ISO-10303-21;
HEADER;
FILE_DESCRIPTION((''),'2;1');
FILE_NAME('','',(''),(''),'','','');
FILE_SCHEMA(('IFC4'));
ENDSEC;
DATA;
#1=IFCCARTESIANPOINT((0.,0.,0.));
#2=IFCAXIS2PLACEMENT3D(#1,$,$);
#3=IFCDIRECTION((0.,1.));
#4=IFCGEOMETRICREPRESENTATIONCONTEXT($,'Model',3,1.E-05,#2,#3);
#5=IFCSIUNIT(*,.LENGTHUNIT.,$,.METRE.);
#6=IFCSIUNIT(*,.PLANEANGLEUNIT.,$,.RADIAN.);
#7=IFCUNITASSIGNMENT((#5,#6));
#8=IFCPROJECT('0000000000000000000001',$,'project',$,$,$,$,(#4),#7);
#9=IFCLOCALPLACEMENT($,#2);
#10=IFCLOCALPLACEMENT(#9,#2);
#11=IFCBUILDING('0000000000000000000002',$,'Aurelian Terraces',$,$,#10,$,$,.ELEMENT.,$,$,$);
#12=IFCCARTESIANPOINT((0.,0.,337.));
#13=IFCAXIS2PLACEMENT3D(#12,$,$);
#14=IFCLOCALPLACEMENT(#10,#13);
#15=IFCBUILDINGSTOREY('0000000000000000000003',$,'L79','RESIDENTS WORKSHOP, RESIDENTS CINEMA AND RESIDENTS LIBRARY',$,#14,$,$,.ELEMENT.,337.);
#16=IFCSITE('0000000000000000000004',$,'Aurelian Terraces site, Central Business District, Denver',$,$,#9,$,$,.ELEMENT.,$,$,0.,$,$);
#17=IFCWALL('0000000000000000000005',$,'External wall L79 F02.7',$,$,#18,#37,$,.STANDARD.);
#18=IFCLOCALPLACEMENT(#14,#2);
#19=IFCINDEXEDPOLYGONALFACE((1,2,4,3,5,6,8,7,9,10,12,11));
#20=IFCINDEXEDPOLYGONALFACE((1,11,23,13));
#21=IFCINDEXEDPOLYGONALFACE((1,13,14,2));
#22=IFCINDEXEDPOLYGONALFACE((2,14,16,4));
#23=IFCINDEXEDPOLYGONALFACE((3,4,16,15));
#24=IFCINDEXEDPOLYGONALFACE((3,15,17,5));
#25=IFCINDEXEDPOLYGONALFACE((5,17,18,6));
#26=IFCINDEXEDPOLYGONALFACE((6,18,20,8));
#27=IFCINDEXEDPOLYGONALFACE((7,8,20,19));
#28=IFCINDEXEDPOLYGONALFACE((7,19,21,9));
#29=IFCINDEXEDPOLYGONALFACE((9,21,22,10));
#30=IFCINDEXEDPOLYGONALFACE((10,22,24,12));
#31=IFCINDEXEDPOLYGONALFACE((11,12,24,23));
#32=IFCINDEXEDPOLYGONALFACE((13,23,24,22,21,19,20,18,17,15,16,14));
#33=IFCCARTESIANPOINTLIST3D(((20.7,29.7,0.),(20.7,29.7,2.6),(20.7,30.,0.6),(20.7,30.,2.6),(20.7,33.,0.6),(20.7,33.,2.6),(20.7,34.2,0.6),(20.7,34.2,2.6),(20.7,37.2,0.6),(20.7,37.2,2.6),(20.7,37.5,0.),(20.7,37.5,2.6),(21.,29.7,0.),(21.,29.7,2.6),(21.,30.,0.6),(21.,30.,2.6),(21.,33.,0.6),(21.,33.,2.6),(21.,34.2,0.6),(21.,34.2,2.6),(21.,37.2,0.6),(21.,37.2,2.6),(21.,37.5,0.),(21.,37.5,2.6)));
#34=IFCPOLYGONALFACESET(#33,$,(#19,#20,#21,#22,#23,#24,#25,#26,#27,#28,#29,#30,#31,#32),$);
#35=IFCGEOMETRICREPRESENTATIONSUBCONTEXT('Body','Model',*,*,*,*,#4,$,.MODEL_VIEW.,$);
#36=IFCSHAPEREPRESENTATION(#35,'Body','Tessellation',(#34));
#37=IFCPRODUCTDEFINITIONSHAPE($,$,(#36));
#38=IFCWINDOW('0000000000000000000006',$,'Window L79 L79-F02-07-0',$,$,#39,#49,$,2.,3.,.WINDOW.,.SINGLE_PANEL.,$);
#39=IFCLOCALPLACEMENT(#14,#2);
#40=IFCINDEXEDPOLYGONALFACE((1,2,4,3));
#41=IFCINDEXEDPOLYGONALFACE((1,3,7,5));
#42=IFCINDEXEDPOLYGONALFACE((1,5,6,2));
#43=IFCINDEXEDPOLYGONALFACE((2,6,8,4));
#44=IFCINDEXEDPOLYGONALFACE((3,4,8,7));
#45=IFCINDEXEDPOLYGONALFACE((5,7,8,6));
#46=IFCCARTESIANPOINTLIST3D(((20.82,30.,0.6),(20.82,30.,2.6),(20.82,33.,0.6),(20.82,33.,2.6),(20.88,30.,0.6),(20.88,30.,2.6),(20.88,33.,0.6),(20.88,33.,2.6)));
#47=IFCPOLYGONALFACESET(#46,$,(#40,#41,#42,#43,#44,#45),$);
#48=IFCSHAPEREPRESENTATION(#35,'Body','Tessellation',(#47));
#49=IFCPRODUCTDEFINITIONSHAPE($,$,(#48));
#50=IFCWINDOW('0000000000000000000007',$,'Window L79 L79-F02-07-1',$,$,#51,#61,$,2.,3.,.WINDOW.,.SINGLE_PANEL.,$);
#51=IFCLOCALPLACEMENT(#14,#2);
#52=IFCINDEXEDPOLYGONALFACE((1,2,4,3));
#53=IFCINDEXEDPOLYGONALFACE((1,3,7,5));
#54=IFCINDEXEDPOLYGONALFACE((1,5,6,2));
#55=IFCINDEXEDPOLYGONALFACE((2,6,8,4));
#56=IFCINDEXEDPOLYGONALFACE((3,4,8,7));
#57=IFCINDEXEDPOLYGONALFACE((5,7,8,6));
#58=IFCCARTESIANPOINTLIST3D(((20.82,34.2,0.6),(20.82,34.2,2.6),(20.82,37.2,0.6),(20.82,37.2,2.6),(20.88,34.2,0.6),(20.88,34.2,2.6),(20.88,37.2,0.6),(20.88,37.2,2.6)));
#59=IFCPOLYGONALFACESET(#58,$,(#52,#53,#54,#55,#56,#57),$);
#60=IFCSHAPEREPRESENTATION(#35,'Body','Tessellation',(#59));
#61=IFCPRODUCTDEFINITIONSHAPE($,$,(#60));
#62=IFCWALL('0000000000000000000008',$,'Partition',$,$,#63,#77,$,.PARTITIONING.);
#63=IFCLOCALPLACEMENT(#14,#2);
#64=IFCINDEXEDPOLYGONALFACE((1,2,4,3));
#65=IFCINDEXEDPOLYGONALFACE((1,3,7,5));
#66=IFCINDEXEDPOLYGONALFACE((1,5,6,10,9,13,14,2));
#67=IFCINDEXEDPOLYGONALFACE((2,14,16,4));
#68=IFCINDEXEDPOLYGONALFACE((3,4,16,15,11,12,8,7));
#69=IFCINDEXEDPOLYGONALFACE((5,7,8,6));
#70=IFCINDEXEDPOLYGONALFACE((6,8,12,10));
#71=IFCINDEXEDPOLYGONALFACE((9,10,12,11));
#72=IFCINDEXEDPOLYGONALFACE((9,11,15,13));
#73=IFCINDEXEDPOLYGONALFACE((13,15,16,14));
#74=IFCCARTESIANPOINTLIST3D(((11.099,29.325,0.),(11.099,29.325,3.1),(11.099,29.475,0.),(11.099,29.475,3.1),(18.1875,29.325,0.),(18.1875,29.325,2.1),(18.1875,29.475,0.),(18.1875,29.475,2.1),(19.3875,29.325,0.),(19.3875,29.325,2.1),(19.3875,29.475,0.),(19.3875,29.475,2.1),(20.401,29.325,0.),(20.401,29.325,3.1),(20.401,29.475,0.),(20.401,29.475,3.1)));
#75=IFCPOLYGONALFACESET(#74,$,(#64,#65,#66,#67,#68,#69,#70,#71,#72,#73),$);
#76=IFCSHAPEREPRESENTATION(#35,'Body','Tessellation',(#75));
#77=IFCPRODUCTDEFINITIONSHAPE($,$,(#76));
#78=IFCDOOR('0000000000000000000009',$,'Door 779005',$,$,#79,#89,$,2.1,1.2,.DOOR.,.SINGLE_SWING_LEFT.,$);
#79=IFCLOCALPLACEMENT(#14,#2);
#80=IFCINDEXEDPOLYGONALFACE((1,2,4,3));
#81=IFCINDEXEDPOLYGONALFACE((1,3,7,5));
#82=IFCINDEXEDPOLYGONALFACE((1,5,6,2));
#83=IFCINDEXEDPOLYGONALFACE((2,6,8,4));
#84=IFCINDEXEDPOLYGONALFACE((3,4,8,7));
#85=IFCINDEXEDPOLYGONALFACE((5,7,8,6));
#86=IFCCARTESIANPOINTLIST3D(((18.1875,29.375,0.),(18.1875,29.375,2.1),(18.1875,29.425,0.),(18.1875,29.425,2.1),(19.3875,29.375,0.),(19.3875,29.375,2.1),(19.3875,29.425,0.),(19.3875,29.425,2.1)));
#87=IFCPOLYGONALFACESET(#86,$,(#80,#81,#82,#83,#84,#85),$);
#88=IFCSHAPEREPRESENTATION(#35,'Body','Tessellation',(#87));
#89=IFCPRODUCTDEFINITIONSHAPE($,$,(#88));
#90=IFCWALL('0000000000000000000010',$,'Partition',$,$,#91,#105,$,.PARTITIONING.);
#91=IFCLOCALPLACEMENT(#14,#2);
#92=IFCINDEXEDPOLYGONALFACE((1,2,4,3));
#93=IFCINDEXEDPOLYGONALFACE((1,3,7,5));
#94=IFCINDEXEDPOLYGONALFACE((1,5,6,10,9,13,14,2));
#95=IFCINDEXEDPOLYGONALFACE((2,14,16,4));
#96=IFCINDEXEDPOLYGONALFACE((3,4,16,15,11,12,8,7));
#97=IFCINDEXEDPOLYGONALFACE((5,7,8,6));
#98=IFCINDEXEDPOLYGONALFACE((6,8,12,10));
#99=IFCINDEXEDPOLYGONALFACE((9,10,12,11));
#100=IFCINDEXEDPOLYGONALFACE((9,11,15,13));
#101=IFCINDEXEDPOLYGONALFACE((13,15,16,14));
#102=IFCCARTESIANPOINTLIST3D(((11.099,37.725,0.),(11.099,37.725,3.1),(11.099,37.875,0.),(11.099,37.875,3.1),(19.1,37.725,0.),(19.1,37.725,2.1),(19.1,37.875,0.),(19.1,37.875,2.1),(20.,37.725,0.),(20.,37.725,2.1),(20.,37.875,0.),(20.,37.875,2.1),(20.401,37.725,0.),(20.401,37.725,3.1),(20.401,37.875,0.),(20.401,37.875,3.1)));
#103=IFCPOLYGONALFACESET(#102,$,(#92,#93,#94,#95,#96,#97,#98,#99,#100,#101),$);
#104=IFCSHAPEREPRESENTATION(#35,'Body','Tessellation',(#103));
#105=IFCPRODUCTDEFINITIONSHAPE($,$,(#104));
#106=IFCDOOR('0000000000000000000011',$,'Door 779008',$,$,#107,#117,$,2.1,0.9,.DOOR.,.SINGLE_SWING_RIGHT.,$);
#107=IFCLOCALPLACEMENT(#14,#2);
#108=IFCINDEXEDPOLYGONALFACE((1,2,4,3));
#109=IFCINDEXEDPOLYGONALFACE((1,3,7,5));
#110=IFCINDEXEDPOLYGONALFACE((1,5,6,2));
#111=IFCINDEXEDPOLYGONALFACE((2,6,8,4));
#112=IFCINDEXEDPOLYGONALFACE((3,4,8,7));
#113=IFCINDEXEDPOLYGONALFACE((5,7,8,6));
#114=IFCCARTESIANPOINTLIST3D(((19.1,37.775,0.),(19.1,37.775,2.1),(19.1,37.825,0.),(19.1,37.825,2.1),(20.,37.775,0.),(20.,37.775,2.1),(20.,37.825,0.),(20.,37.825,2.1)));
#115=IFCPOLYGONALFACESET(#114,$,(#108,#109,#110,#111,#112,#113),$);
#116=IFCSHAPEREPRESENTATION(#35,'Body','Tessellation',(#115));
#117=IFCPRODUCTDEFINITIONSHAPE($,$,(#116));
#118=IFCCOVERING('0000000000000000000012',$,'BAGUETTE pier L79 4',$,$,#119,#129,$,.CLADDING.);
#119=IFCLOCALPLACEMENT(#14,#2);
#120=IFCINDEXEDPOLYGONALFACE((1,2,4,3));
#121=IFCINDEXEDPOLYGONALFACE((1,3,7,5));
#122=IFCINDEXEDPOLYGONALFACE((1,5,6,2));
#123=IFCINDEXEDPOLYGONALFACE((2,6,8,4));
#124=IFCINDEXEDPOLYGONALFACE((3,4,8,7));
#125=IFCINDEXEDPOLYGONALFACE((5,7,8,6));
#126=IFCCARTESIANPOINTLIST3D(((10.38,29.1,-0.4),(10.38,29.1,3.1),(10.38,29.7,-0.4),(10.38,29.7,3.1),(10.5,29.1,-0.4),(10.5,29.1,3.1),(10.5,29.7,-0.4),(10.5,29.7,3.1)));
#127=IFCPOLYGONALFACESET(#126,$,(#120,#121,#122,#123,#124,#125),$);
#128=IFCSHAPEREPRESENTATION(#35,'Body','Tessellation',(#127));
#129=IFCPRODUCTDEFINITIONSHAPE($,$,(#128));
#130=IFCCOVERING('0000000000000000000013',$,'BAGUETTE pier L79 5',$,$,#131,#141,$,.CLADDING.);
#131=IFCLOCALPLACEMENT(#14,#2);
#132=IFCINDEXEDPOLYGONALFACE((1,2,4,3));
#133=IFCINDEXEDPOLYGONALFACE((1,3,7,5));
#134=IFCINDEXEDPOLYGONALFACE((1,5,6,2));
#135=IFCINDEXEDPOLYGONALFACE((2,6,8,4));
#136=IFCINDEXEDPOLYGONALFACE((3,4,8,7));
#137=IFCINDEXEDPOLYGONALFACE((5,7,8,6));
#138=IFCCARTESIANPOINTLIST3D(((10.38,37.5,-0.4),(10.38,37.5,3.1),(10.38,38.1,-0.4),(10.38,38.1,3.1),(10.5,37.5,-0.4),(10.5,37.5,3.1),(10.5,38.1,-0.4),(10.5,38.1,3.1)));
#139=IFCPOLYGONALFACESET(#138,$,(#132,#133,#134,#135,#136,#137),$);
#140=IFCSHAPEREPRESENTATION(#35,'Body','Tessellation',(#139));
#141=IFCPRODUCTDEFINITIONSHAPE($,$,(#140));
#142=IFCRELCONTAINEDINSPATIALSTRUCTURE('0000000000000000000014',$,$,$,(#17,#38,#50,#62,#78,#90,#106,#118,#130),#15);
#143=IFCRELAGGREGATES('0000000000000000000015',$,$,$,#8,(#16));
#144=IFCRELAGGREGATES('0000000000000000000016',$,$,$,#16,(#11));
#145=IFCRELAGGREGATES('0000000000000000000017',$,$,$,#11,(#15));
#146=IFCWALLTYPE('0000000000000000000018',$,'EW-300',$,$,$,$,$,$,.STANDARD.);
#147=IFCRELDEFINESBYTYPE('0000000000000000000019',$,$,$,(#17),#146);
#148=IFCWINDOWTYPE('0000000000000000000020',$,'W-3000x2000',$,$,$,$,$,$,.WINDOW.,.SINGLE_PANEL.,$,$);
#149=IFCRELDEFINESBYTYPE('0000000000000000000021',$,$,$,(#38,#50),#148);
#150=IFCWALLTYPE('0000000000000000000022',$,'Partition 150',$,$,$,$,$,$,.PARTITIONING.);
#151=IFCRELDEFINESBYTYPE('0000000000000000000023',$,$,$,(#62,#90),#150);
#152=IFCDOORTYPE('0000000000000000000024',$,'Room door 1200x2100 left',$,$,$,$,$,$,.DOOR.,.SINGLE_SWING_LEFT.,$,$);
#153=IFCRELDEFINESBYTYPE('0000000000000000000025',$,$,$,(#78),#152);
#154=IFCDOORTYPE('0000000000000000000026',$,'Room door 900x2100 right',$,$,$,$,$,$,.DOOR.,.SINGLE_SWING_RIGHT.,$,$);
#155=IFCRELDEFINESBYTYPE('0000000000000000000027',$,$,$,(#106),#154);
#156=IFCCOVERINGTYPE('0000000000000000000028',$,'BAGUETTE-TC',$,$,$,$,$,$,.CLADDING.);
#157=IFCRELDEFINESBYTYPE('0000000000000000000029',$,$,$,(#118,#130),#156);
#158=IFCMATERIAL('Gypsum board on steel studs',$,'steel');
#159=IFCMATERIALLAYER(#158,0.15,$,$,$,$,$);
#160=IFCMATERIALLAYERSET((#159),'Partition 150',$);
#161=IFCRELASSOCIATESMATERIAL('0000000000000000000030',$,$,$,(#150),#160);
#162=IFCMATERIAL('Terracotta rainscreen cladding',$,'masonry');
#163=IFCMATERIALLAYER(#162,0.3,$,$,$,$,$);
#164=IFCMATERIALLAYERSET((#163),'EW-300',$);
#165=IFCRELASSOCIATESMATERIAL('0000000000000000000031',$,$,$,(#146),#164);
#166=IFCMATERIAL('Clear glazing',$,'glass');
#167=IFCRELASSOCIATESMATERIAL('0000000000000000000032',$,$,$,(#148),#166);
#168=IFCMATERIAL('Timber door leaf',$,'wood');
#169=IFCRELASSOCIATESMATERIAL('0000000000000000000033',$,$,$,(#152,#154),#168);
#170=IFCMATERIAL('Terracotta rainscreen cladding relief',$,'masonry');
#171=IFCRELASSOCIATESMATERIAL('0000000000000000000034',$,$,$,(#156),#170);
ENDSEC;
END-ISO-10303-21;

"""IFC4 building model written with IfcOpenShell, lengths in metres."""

from ifc_helpers import new_model, si_unit, direction, frame, frame_2d, origin, origin_2d, place, context, subcontext, project, spatial, rectangle, extrude, source, transform, mapped, material, layer, layer_set, type_object, element, fill, save


model = new_model("IFC4")

# Units and contexts
model_context = context("Model", 3, precision=1e-05, world=origin(), true_north=direction((0.0, 1.0)))
body_context = subcontext(model_context, "Body", "Model", "MODEL_VIEW")
ifc_project = project(units=[si_unit("LENGTHUNIT", "METRE"), si_unit("PLANEANGLEUNIT", "RADIAN")], contexts=[model_context])

# Site, building, storey
site_placement = place(None, origin())
site = spatial("IfcSite", under=ifc_project, at=site_placement, Name="Aurelian Terraces site, Central Business District, Denver", CompositionType="ELEMENT", RefElevation=0.0)
building_placement = place(site_placement, origin())
building = spatial("IfcBuilding", under=site, at=building_placement, Name="Aurelian Terraces", CompositionType="ELEMENT")
storey_placement = place(building_placement, frame((0.0, 0.0, 337.0)))
storey = spatial("IfcBuildingStorey", under=building, at=storey_placement, Name="L79", Description="RESIDENTS WORKSHOP, RESIDENTS CINEMA AND RESIDENTS LIBRARY", CompositionType="ELEMENT", Elevation=337.0)

# Shared definitions
ifc_material_1 = material(Name="Gypsum board on steel studs", Category="steel")
ifc_layer_1 = layer(ifc_material_1, 0.15)
ifc_layer_set_1 = layer_set([ifc_layer_1], Name="Partition 150")
wall_type_1 = type_object("IfcWallType", Name="Partition 150", PredefinedType="PARTITIONING", material=ifc_layer_set_1)
ifc_material_2 = material(Name="Timber door leaf", Category="wood")
shared_shape_1 = source(origin(), body_context, "Body", "SweptSolid", [
    extrude(rectangle(XDim=1.2, YDim=2.1, at=frame_2d((0.6, 1.05))), frame((0.0, 0.085, 0.0), z_axis=(0.0, -1.0, 0.0), x_axis=(1.0, 0.0, 0.0)), (0.0, 0.0, 1.0), 0.17),
])
shared_shape_2 = source(origin(), body_context, "Body", "SweptSolid", [
    extrude(rectangle(XDim=1.2, YDim=2.1, at=frame_2d((0.6, 1.05))), frame((0.0, 0.025, 0.0), z_axis=(0.0, -1.0, 0.0), x_axis=(1.0, 0.0, 0.0)), (0.0, 0.0, 1.0), 0.05),
])

# Wall, openings, windows
ifc_material_3 = material(Name="Terracotta rainscreen cladding", Category="masonry")
ifc_layer_2 = layer(ifc_material_3, 0.3)
ifc_layer_set_2 = layer_set([ifc_layer_2], Name="EW-300")
wall_type_2 = type_object("IfcWallType", Name="EW-300", PredefinedType="STANDARD", material=ifc_layer_set_2)
ifc_material_4 = material(Name="Clear glazing", Category="glass")
shared_shape_3 = source(origin(), body_context, "Body", "SweptSolid", [
    extrude(rectangle(XDim=7.8, YDim=0.3, at=frame_2d((3.9, 0.0))), origin(), (0.0, 0.0, 1.0), 2.6),
])
wall_1_placement = place(storey_placement, frame((20.85, 29.7, 0.0), z_axis=(0.0, 0.0, 1.0), x_axis=(0.0, 1.0, 0.0)))
wall_1 = element("IfcWall", 1, at=wall_1_placement, inside=storey, type_object=wall_type_2, Name="External wall L79 F02.7", PredefinedType="STANDARD", context=body_context, shape_type="MappedRepresentation", body=[
    mapped(shared_shape_3, transform((0.0, 0.0, 0.0), scale=1.0)),
])
shared_shape_4 = source(origin(), body_context, "Body", "SweptSolid", [
    extrude(rectangle(XDim=3.0, YDim=2.0, at=frame_2d((1.5, 1.0))), frame((0.0, 0.16, 0.0), z_axis=(0.0, -1.0, 0.0), x_axis=(1.0, 0.0, 0.0)), (0.0, 0.0, 1.0), 0.32),
])
opening_1_placement = place(wall_1_placement, frame((0.3, 0.0, 0.6)))
opening_1 = element("IfcOpeningElement", 2, at=opening_1_placement, cuts=wall_1, PredefinedType="OPENING", context=body_context, shape_type="MappedRepresentation", body=[
    mapped(shared_shape_4, transform((0.0, 0.0, 0.0), scale=1.0)),
])
opening_2_placement = place(wall_1_placement, frame((4.5, 0.0, 0.6)))
opening_2 = element("IfcOpeningElement", 3, at=opening_2_placement, cuts=wall_1, PredefinedType="OPENING", context=body_context, shape_type="MappedRepresentation", body=[
    mapped(shared_shape_4, transform((0.0, 0.0, 0.0), scale=1.0)),
])
window_type_1 = type_object("IfcWindowType", Name="W-3000x2000", PartitioningType="SINGLE_PANEL", PredefinedType="WINDOW", material=ifc_material_4)
shared_shape_5 = source(origin(), body_context, "Body", "SweptSolid", [
    extrude(rectangle(XDim=3.0, YDim=2.0, at=frame_2d((1.5, 1.0))), frame((0.0, 0.03, 0.0), z_axis=(0.0, -1.0, 0.0), x_axis=(1.0, 0.0, 0.0)), (0.0, 0.0, 1.0), 0.06),
])
window_1_placement = place(opening_1_placement, origin())
window_1 = element("IfcWindow", 4, at=window_1_placement, inside=storey, type_object=window_type_1, Name="Window L79 L79-F02-07-0", OverallHeight=2.0, OverallWidth=3.0, PartitioningType="SINGLE_PANEL", PredefinedType="WINDOW", context=body_context, shape_type="MappedRepresentation", body=[
    mapped(shared_shape_5, transform((0.0, 0.0, 0.0), scale=1.0)),
])
fill(opening_1, window_1)
window_2_placement = place(opening_2_placement, origin())
window_2 = element("IfcWindow", 5, at=window_2_placement, inside=storey, type_object=window_type_1, Name="Window L79 L79-F02-07-1", OverallHeight=2.0, OverallWidth=3.0, PartitioningType="SINGLE_PANEL", PredefinedType="WINDOW", context=body_context, shape_type="MappedRepresentation", body=[
    mapped(shared_shape_5, transform((0.0, 0.0, 0.0), scale=1.0)),
])
fill(opening_2, window_2)

# Walls, openings, doors
shared_shape_6 = source(origin(), body_context, "Body", "SweptSolid", [
    extrude(rectangle(XDim=9.302, YDim=0.15, at=frame_2d((4.651, 0.0))), origin(), (0.0, 0.0, 1.0), 3.1),
])
wall_2_placement = place(storey_placement, frame((11.099, 29.4, 0.0), z_axis=(0.0, 0.0, 1.0), x_axis=(1.0, 0.0, 0.0)))
wall_2 = element("IfcWall", 6, at=wall_2_placement, inside=storey, type_object=wall_type_1, Name="Partition", PredefinedType="PARTITIONING", context=body_context, shape_type="MappedRepresentation", body=[
    mapped(shared_shape_6, transform((0.0, 0.0, 0.0), scale=1.0)),
])
opening_3_placement = place(wall_2_placement, frame((7.0885, 0.0, 0.0)))
opening_3 = element("IfcOpeningElement", 7, at=opening_3_placement, cuts=wall_2, PredefinedType="OPENING", context=body_context, shape_type="MappedRepresentation", body=[
    mapped(shared_shape_1, transform((0.0, 0.0, 0.0), scale=1.0)),
])
door_type_1 = type_object("IfcDoorType", Name="Room door 1200x2100 left", OperationType="SINGLE_SWING_LEFT", PredefinedType="DOOR", material=ifc_material_2)
door_1_placement = place(opening_3_placement, origin())
door_1 = element("IfcDoor", 8, at=door_1_placement, inside=storey, type_object=door_type_1, Name="Door 779005", OperationType="SINGLE_SWING_LEFT", OverallHeight=2.1, OverallWidth=1.2, PredefinedType="DOOR", context=body_context, shape_type="MappedRepresentation", body=[
    mapped(shared_shape_2, transform((0.0, 0.0, 0.0), scale=1.0)),
])
fill(opening_3, door_1)
wall_3_placement = place(storey_placement, frame((20.401, 37.8, 0.0), z_axis=(0.0, 0.0, 1.0), x_axis=(-1.0, 0.0, 0.0)))
wall_3 = element("IfcWall", 9, at=wall_3_placement, inside=storey, type_object=wall_type_1, Name="Partition", PredefinedType="PARTITIONING", context=body_context, shape_type="MappedRepresentation", body=[
    mapped(shared_shape_6, transform((0.0, 0.0, 0.0), scale=1.0)),
])
shared_shape_7 = source(origin(), body_context, "Body", "SweptSolid", [
    extrude(rectangle(XDim=0.9, YDim=2.1, at=frame_2d((0.45, 1.05))), frame((0.0, 0.085, 0.0), z_axis=(0.0, -1.0, 0.0), x_axis=(1.0, 0.0, 0.0)), (0.0, 0.0, 1.0), 0.17),
])
opening_4_placement = place(wall_3_placement, frame((0.401, 0.0, 0.0)))
opening_4 = element("IfcOpeningElement", 10, at=opening_4_placement, cuts=wall_3, PredefinedType="OPENING", context=body_context, shape_type="MappedRepresentation", body=[
    mapped(shared_shape_7, transform((0.0, 0.0, 0.0), scale=1.0)),
])
door_type_2 = type_object("IfcDoorType", Name="Room door 900x2100 right", OperationType="SINGLE_SWING_RIGHT", PredefinedType="DOOR", material=ifc_material_2)
shared_shape_8 = source(origin(), body_context, "Body", "SweptSolid", [
    extrude(rectangle(XDim=0.9, YDim=2.1, at=frame_2d((0.45, 1.05))), frame((0.0, 0.025, 0.0), z_axis=(0.0, -1.0, 0.0), x_axis=(1.0, 0.0, 0.0)), (0.0, 0.0, 1.0), 0.05),
])
door_2_placement = place(opening_4_placement, origin())
door_2 = element("IfcDoor", 11, at=door_2_placement, inside=storey, type_object=door_type_2, Name="Door 779008", OperationType="SINGLE_SWING_RIGHT", OverallHeight=2.1, OverallWidth=0.9, PredefinedType="DOOR", context=body_context, shape_type="MappedRepresentation", body=[
    mapped(shared_shape_8, transform((0.0, 0.0, 0.0), scale=1.0)),
])
fill(opening_4, door_2)

# Coverings
ifc_material_5 = material(Name="Terracotta rainscreen cladding relief", Category="masonry")
covering_type = type_object("IfcCoveringType", Name="BAGUETTE-TC", PredefinedType="CLADDING", material=ifc_material_5)
shared_shape_9 = source(origin(), body_context, "Body", "SweptSolid", [
    extrude(rectangle(XDim=0.12, YDim=0.6, at=origin_2d()), origin(), (0.0, 0.0, 1.0), 3.5),
])
for number, where, z_axis, x_axis, name in (
    (12, (10.44, 29.4, -0.4), (0.0, 0.0, 1.0), (1.0, 0.0, 0.0), "BAGUETTE pier L79 4"),
    (13, (10.44, 37.8, -0.4), (0.0, 0.0, 1.0), (1.0, 0.0, 0.0), "BAGUETTE pier L79 5"),
):
    element("IfcCovering", number, at=place(storey_placement, frame(where, z_axis=z_axis, x_axis=x_axis)), inside=storey, type_object=covering_type, Name=name, PredefinedType="CLADDING", context=body_context, shape_type="MappedRepresentation", body=[
        mapped(shared_shape_9, transform((0.0, 0.0, 0.0), scale=1.0)),
    ])

save(model, "model.ifc")
